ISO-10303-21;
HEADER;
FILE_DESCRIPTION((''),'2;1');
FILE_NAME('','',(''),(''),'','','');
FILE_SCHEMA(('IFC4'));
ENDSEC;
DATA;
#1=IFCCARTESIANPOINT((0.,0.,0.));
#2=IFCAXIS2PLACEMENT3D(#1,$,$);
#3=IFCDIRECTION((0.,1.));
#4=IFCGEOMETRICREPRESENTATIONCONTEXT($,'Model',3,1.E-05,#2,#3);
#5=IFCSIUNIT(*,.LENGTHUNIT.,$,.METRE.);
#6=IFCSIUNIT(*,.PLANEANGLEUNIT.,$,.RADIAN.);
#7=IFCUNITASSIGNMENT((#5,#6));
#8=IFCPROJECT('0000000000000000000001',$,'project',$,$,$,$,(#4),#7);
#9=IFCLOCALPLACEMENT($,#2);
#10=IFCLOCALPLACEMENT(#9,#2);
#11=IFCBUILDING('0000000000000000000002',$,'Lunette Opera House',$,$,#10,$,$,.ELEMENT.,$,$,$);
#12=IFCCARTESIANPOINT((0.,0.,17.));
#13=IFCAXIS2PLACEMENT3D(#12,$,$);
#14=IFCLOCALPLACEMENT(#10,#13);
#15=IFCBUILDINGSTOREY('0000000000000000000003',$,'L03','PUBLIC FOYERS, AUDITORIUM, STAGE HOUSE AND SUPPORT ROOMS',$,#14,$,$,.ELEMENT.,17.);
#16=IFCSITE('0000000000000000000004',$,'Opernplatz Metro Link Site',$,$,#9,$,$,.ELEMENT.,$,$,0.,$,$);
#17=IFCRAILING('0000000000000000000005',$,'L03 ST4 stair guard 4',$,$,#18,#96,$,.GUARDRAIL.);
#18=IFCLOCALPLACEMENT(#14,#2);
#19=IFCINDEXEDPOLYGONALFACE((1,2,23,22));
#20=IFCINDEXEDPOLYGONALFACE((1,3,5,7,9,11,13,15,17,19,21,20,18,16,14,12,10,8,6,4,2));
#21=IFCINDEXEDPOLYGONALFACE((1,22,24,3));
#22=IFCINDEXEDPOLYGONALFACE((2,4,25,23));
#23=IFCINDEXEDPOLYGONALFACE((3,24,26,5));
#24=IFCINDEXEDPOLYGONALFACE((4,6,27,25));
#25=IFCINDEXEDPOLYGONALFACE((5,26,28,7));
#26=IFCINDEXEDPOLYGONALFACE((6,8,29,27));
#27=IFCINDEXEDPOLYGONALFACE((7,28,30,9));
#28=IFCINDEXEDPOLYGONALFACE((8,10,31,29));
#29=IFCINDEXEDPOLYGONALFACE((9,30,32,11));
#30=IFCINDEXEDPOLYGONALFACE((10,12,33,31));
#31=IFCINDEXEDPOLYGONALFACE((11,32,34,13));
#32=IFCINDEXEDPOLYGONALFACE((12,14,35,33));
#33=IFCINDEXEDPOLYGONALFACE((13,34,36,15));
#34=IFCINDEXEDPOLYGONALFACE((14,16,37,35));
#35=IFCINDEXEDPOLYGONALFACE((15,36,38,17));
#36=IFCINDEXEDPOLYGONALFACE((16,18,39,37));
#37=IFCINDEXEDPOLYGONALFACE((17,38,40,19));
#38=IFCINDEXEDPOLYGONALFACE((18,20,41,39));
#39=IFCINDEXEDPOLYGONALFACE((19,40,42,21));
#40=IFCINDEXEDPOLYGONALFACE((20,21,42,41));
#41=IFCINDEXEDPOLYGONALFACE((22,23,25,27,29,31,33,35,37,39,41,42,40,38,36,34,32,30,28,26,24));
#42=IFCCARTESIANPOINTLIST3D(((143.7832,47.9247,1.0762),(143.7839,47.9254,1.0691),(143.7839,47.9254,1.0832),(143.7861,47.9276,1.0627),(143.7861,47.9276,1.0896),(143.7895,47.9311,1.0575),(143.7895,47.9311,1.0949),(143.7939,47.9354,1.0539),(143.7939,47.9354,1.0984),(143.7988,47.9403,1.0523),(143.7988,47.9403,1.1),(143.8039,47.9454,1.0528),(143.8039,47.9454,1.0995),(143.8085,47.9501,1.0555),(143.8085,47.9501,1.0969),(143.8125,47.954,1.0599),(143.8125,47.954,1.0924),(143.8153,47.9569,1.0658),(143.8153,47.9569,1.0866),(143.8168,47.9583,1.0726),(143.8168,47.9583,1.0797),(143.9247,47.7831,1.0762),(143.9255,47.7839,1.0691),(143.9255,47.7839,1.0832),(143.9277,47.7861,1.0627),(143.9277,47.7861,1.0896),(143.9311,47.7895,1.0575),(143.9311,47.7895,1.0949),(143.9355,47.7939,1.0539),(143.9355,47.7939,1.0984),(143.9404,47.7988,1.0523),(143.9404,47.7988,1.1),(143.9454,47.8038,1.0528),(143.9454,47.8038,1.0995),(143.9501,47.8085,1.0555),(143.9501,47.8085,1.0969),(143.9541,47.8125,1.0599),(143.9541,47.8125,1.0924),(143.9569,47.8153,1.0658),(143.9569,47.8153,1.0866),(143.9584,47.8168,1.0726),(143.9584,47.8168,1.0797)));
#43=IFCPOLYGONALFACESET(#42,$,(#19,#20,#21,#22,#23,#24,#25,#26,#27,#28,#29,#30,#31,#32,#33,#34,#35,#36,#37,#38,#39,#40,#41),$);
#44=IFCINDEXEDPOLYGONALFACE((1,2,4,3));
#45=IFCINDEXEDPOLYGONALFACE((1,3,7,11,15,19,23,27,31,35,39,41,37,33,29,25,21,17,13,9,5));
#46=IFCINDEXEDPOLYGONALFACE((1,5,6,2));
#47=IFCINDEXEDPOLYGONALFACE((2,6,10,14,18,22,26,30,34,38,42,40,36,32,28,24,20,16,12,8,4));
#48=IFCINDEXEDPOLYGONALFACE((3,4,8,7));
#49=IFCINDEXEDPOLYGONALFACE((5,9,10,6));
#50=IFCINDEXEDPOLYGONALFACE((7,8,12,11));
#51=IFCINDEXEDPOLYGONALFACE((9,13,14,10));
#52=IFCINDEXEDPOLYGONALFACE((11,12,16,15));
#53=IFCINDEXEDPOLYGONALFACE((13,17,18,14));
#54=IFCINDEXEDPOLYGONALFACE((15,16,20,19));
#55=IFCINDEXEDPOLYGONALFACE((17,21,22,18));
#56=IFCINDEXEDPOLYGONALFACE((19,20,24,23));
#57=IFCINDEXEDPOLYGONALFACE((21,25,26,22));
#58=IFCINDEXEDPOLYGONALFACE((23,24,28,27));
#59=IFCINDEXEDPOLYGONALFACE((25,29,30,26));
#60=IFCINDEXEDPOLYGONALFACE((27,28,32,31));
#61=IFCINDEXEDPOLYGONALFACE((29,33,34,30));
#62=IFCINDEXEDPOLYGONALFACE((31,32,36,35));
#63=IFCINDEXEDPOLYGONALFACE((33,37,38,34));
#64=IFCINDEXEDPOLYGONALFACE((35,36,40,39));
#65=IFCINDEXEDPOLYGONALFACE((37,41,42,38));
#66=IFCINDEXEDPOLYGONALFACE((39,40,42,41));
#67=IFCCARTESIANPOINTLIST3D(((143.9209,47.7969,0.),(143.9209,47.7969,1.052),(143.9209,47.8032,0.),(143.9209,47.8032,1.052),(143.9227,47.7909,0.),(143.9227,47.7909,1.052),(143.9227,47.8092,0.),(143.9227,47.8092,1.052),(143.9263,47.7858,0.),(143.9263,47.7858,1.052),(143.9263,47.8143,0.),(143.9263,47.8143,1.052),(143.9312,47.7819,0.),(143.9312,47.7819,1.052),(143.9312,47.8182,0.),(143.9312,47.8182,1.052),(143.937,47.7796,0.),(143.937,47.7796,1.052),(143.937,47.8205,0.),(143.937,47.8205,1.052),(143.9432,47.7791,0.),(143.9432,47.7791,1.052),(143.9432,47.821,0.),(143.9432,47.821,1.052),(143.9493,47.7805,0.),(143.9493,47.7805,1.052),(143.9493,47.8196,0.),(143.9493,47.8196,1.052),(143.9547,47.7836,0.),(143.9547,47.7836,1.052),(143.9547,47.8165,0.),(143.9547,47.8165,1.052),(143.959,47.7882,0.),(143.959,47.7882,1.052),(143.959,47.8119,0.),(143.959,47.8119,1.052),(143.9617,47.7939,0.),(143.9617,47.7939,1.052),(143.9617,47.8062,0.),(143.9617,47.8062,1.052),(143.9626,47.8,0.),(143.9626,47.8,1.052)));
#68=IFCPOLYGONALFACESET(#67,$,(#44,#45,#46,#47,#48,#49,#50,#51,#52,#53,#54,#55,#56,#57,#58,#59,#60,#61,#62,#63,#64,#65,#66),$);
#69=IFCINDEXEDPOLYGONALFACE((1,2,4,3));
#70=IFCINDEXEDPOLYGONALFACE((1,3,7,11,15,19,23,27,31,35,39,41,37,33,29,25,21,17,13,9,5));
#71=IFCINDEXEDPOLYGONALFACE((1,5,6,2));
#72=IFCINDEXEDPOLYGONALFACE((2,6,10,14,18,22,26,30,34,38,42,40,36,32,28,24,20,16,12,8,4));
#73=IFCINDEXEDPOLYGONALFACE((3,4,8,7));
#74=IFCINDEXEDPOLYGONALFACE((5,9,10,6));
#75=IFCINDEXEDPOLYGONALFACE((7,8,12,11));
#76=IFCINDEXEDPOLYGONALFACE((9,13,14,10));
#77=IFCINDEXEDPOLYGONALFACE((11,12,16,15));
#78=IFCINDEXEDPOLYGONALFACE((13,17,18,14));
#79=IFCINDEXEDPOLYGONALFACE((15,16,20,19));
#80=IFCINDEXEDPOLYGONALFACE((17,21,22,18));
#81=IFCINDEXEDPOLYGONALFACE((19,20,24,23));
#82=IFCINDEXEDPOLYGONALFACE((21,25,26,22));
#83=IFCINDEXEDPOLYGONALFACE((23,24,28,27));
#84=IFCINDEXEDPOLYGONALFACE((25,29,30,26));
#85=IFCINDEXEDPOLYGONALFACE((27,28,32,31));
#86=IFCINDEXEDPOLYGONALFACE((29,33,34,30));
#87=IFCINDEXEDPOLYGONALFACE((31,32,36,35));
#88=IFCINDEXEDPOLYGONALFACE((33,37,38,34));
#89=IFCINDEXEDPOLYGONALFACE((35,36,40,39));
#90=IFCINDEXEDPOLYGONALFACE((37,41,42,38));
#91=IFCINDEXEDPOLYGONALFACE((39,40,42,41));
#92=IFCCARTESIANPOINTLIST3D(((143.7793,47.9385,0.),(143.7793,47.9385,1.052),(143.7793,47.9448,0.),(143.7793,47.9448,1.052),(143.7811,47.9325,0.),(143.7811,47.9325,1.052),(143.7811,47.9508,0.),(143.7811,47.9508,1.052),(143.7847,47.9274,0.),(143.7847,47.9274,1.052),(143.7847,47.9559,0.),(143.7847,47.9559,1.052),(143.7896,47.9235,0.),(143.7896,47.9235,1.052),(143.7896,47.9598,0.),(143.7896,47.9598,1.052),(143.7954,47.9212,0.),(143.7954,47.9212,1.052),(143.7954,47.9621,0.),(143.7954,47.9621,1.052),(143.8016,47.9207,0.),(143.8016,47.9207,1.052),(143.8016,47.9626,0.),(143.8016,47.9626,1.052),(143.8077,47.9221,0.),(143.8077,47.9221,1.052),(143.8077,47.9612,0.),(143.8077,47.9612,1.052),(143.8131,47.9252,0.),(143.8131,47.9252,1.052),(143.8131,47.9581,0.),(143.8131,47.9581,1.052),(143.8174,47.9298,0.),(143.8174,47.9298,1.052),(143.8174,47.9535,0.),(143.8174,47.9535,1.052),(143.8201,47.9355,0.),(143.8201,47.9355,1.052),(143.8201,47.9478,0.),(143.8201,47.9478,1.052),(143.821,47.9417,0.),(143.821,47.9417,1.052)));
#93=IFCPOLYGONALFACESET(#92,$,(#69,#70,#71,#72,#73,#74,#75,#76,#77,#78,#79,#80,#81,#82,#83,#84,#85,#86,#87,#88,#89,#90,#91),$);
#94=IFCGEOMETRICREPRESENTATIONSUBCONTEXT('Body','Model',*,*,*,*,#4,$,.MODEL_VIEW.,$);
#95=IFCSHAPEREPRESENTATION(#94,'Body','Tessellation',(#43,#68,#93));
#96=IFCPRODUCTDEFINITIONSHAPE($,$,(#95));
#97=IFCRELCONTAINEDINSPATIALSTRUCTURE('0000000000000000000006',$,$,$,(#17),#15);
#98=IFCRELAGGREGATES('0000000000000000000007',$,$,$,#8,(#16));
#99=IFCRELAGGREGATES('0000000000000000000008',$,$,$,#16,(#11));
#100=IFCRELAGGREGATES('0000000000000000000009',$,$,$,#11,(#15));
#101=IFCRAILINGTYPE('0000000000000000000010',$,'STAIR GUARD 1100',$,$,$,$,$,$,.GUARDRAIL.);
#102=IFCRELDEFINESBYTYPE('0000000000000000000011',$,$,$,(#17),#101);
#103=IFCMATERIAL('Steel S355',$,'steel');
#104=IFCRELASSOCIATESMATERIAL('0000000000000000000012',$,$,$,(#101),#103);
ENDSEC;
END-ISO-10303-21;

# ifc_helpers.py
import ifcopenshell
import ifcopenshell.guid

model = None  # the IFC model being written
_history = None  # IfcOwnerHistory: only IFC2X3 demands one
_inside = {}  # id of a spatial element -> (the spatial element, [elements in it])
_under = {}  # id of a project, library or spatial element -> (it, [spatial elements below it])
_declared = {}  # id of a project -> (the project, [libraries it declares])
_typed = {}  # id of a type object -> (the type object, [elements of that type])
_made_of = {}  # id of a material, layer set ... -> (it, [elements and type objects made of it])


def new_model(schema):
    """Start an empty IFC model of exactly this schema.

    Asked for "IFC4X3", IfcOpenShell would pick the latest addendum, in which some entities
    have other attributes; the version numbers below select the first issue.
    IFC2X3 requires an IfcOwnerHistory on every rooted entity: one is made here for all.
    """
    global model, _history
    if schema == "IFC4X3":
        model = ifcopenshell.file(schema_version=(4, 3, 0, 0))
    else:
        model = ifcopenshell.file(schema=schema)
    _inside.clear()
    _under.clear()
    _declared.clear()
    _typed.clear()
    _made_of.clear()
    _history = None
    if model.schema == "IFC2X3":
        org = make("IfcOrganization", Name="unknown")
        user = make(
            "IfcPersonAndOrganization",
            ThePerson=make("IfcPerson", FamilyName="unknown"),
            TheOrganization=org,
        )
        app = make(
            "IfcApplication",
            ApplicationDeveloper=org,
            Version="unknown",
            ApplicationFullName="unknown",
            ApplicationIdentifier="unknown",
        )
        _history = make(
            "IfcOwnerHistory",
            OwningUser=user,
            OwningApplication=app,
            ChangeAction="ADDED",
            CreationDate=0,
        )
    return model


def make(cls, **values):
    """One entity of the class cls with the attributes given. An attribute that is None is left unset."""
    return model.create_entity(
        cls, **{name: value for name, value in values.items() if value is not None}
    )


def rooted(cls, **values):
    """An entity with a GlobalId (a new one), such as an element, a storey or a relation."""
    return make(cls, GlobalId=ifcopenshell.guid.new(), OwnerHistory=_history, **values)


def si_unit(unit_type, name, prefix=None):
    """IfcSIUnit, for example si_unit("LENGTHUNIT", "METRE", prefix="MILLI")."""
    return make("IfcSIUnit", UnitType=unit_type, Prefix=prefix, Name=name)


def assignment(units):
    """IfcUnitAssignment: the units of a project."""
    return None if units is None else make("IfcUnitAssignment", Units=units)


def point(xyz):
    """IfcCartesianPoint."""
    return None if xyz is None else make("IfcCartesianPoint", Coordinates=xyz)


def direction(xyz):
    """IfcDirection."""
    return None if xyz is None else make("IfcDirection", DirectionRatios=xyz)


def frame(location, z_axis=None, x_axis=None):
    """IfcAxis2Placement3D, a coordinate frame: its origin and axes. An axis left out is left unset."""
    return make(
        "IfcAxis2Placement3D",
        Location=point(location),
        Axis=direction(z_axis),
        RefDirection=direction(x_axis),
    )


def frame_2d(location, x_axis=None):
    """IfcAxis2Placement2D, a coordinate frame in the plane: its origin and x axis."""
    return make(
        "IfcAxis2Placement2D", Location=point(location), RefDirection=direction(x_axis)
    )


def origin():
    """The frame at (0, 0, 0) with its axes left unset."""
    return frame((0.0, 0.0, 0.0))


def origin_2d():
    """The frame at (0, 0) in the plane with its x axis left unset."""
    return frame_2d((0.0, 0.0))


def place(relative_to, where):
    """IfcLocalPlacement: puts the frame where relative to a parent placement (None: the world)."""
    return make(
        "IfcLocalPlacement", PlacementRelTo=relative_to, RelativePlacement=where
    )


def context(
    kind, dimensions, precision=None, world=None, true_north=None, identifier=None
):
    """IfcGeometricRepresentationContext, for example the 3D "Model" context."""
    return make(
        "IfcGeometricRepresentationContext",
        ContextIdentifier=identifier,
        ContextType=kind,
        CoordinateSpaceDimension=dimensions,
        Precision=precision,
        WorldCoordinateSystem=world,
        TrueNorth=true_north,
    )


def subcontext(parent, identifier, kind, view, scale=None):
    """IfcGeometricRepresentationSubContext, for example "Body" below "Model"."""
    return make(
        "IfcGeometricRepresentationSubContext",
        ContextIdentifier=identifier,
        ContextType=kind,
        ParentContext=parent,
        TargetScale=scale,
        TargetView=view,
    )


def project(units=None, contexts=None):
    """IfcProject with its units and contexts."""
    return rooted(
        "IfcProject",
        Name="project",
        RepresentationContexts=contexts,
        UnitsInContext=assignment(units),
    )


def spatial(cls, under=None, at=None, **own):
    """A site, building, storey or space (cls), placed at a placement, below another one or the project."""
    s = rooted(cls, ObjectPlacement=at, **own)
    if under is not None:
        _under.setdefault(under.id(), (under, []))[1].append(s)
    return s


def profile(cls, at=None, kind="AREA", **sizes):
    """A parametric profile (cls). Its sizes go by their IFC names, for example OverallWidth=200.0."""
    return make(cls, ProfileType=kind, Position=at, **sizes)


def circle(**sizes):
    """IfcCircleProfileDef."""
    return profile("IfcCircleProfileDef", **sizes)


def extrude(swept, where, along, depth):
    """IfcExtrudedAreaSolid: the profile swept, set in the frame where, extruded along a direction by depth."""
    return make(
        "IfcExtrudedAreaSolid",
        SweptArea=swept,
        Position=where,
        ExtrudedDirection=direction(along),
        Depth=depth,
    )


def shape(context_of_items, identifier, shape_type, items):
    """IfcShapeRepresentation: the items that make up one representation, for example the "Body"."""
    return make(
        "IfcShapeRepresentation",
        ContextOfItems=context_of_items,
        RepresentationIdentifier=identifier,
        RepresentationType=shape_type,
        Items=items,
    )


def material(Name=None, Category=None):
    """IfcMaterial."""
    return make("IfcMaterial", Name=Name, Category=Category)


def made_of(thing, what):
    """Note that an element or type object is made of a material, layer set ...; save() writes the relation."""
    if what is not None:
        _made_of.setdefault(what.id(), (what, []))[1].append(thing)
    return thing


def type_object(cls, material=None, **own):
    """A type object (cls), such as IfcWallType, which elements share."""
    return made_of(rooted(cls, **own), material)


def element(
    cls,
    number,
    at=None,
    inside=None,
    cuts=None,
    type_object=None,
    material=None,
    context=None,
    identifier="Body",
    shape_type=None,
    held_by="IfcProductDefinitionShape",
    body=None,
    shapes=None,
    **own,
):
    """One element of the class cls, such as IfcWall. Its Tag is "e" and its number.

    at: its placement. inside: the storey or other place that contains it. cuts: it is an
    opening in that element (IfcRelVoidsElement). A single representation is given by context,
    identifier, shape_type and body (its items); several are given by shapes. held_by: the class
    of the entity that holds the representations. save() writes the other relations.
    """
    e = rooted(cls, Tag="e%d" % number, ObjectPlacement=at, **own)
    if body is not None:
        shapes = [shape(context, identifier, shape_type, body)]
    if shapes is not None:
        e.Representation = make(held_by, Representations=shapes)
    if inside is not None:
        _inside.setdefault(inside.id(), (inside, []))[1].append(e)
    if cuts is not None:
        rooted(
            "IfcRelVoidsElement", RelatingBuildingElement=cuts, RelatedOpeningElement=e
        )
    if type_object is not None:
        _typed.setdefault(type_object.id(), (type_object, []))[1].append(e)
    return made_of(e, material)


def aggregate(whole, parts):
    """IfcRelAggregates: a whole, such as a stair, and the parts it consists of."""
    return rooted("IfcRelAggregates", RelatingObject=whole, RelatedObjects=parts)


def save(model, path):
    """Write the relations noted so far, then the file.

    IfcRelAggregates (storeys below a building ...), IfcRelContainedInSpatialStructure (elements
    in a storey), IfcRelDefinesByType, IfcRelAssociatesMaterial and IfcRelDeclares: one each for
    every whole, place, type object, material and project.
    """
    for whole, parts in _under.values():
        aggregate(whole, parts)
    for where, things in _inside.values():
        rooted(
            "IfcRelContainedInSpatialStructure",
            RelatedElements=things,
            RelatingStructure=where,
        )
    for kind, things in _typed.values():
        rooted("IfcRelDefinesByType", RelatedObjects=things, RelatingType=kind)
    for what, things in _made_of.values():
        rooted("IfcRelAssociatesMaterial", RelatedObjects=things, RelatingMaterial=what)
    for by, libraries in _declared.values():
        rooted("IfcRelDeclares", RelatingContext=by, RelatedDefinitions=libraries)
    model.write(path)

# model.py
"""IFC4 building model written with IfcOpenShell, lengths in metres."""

from ifc_helpers import new_model, si_unit, direction, frame, origin, origin_2d, place, context, subcontext, project, spatial, circle, extrude, material, type_object, element, save


model = new_model("IFC4")

# Units and contexts
model_context = context("Model", 3, precision=1e-05, world=origin(), true_north=direction((0.0, 1.0)))
body_context = subcontext(model_context, "Body", "Model", "MODEL_VIEW")
ifc_project = project(units=[si_unit("LENGTHUNIT", "METRE"), si_unit("PLANEANGLEUNIT", "RADIAN")], contexts=[model_context])

# Site, building, storey
site_placement = place(None, origin())
site = spatial("IfcSite", under=ifc_project, at=site_placement, Name="Opernplatz Metro Link Site", CompositionType="ELEMENT", RefElevation=0.0)
building_placement = place(site_placement, origin())
building = spatial("IfcBuilding", under=site, at=building_placement, Name="Lunette Opera House", CompositionType="ELEMENT")
storey_placement = place(building_placement, frame((0.0, 0.0, 17.0)))
storey = spatial("IfcBuildingStorey", under=building, at=storey_placement, Name="L03", Description="PUBLIC FOYERS, AUDITORIUM, STAGE HOUSE AND SUPPORT ROOMS", CompositionType="ELEMENT", Elevation=17.0)

# Railing
ifc_material_1 = material(Name="Steel S355", Category="steel")
railing_type_1 = type_object("IfcRailingType", Name="STAIR GUARD 1100", PredefinedType="GUARDRAIL", material=ifc_material_1)
railing_1_placement = place(storey_placement, frame((143.9417, 47.8, 0.0)))
element("IfcRailing", 1, at=railing_1_placement, inside=storey, type_object=railing_type_1, Name="L03 ST4 stair guard 4", PredefinedType="GUARDRAIL", context=body_context, shape_type="SweptSolid", body=[
    extrude(circle(Radius=0.0239, at=origin_2d()), frame((0.0, 0.0, 1.0762), z_axis=(-0.707107, 0.707107, 0.0), x_axis=(-0.707107, -0.707107, 0.0)), (0.0, 0.0, 1.0), 0.2002),
    extrude(circle(Radius=0.021, at=origin_2d()), origin(), (0.0, 0.0, 1.0), 1.052),
    extrude(circle(Radius=0.021, at=origin_2d()), frame((-0.1416, 0.1416, 0.0)), (0.0, 0.0, 1.0), 1.052),
])

save(model, "model.ifc")
